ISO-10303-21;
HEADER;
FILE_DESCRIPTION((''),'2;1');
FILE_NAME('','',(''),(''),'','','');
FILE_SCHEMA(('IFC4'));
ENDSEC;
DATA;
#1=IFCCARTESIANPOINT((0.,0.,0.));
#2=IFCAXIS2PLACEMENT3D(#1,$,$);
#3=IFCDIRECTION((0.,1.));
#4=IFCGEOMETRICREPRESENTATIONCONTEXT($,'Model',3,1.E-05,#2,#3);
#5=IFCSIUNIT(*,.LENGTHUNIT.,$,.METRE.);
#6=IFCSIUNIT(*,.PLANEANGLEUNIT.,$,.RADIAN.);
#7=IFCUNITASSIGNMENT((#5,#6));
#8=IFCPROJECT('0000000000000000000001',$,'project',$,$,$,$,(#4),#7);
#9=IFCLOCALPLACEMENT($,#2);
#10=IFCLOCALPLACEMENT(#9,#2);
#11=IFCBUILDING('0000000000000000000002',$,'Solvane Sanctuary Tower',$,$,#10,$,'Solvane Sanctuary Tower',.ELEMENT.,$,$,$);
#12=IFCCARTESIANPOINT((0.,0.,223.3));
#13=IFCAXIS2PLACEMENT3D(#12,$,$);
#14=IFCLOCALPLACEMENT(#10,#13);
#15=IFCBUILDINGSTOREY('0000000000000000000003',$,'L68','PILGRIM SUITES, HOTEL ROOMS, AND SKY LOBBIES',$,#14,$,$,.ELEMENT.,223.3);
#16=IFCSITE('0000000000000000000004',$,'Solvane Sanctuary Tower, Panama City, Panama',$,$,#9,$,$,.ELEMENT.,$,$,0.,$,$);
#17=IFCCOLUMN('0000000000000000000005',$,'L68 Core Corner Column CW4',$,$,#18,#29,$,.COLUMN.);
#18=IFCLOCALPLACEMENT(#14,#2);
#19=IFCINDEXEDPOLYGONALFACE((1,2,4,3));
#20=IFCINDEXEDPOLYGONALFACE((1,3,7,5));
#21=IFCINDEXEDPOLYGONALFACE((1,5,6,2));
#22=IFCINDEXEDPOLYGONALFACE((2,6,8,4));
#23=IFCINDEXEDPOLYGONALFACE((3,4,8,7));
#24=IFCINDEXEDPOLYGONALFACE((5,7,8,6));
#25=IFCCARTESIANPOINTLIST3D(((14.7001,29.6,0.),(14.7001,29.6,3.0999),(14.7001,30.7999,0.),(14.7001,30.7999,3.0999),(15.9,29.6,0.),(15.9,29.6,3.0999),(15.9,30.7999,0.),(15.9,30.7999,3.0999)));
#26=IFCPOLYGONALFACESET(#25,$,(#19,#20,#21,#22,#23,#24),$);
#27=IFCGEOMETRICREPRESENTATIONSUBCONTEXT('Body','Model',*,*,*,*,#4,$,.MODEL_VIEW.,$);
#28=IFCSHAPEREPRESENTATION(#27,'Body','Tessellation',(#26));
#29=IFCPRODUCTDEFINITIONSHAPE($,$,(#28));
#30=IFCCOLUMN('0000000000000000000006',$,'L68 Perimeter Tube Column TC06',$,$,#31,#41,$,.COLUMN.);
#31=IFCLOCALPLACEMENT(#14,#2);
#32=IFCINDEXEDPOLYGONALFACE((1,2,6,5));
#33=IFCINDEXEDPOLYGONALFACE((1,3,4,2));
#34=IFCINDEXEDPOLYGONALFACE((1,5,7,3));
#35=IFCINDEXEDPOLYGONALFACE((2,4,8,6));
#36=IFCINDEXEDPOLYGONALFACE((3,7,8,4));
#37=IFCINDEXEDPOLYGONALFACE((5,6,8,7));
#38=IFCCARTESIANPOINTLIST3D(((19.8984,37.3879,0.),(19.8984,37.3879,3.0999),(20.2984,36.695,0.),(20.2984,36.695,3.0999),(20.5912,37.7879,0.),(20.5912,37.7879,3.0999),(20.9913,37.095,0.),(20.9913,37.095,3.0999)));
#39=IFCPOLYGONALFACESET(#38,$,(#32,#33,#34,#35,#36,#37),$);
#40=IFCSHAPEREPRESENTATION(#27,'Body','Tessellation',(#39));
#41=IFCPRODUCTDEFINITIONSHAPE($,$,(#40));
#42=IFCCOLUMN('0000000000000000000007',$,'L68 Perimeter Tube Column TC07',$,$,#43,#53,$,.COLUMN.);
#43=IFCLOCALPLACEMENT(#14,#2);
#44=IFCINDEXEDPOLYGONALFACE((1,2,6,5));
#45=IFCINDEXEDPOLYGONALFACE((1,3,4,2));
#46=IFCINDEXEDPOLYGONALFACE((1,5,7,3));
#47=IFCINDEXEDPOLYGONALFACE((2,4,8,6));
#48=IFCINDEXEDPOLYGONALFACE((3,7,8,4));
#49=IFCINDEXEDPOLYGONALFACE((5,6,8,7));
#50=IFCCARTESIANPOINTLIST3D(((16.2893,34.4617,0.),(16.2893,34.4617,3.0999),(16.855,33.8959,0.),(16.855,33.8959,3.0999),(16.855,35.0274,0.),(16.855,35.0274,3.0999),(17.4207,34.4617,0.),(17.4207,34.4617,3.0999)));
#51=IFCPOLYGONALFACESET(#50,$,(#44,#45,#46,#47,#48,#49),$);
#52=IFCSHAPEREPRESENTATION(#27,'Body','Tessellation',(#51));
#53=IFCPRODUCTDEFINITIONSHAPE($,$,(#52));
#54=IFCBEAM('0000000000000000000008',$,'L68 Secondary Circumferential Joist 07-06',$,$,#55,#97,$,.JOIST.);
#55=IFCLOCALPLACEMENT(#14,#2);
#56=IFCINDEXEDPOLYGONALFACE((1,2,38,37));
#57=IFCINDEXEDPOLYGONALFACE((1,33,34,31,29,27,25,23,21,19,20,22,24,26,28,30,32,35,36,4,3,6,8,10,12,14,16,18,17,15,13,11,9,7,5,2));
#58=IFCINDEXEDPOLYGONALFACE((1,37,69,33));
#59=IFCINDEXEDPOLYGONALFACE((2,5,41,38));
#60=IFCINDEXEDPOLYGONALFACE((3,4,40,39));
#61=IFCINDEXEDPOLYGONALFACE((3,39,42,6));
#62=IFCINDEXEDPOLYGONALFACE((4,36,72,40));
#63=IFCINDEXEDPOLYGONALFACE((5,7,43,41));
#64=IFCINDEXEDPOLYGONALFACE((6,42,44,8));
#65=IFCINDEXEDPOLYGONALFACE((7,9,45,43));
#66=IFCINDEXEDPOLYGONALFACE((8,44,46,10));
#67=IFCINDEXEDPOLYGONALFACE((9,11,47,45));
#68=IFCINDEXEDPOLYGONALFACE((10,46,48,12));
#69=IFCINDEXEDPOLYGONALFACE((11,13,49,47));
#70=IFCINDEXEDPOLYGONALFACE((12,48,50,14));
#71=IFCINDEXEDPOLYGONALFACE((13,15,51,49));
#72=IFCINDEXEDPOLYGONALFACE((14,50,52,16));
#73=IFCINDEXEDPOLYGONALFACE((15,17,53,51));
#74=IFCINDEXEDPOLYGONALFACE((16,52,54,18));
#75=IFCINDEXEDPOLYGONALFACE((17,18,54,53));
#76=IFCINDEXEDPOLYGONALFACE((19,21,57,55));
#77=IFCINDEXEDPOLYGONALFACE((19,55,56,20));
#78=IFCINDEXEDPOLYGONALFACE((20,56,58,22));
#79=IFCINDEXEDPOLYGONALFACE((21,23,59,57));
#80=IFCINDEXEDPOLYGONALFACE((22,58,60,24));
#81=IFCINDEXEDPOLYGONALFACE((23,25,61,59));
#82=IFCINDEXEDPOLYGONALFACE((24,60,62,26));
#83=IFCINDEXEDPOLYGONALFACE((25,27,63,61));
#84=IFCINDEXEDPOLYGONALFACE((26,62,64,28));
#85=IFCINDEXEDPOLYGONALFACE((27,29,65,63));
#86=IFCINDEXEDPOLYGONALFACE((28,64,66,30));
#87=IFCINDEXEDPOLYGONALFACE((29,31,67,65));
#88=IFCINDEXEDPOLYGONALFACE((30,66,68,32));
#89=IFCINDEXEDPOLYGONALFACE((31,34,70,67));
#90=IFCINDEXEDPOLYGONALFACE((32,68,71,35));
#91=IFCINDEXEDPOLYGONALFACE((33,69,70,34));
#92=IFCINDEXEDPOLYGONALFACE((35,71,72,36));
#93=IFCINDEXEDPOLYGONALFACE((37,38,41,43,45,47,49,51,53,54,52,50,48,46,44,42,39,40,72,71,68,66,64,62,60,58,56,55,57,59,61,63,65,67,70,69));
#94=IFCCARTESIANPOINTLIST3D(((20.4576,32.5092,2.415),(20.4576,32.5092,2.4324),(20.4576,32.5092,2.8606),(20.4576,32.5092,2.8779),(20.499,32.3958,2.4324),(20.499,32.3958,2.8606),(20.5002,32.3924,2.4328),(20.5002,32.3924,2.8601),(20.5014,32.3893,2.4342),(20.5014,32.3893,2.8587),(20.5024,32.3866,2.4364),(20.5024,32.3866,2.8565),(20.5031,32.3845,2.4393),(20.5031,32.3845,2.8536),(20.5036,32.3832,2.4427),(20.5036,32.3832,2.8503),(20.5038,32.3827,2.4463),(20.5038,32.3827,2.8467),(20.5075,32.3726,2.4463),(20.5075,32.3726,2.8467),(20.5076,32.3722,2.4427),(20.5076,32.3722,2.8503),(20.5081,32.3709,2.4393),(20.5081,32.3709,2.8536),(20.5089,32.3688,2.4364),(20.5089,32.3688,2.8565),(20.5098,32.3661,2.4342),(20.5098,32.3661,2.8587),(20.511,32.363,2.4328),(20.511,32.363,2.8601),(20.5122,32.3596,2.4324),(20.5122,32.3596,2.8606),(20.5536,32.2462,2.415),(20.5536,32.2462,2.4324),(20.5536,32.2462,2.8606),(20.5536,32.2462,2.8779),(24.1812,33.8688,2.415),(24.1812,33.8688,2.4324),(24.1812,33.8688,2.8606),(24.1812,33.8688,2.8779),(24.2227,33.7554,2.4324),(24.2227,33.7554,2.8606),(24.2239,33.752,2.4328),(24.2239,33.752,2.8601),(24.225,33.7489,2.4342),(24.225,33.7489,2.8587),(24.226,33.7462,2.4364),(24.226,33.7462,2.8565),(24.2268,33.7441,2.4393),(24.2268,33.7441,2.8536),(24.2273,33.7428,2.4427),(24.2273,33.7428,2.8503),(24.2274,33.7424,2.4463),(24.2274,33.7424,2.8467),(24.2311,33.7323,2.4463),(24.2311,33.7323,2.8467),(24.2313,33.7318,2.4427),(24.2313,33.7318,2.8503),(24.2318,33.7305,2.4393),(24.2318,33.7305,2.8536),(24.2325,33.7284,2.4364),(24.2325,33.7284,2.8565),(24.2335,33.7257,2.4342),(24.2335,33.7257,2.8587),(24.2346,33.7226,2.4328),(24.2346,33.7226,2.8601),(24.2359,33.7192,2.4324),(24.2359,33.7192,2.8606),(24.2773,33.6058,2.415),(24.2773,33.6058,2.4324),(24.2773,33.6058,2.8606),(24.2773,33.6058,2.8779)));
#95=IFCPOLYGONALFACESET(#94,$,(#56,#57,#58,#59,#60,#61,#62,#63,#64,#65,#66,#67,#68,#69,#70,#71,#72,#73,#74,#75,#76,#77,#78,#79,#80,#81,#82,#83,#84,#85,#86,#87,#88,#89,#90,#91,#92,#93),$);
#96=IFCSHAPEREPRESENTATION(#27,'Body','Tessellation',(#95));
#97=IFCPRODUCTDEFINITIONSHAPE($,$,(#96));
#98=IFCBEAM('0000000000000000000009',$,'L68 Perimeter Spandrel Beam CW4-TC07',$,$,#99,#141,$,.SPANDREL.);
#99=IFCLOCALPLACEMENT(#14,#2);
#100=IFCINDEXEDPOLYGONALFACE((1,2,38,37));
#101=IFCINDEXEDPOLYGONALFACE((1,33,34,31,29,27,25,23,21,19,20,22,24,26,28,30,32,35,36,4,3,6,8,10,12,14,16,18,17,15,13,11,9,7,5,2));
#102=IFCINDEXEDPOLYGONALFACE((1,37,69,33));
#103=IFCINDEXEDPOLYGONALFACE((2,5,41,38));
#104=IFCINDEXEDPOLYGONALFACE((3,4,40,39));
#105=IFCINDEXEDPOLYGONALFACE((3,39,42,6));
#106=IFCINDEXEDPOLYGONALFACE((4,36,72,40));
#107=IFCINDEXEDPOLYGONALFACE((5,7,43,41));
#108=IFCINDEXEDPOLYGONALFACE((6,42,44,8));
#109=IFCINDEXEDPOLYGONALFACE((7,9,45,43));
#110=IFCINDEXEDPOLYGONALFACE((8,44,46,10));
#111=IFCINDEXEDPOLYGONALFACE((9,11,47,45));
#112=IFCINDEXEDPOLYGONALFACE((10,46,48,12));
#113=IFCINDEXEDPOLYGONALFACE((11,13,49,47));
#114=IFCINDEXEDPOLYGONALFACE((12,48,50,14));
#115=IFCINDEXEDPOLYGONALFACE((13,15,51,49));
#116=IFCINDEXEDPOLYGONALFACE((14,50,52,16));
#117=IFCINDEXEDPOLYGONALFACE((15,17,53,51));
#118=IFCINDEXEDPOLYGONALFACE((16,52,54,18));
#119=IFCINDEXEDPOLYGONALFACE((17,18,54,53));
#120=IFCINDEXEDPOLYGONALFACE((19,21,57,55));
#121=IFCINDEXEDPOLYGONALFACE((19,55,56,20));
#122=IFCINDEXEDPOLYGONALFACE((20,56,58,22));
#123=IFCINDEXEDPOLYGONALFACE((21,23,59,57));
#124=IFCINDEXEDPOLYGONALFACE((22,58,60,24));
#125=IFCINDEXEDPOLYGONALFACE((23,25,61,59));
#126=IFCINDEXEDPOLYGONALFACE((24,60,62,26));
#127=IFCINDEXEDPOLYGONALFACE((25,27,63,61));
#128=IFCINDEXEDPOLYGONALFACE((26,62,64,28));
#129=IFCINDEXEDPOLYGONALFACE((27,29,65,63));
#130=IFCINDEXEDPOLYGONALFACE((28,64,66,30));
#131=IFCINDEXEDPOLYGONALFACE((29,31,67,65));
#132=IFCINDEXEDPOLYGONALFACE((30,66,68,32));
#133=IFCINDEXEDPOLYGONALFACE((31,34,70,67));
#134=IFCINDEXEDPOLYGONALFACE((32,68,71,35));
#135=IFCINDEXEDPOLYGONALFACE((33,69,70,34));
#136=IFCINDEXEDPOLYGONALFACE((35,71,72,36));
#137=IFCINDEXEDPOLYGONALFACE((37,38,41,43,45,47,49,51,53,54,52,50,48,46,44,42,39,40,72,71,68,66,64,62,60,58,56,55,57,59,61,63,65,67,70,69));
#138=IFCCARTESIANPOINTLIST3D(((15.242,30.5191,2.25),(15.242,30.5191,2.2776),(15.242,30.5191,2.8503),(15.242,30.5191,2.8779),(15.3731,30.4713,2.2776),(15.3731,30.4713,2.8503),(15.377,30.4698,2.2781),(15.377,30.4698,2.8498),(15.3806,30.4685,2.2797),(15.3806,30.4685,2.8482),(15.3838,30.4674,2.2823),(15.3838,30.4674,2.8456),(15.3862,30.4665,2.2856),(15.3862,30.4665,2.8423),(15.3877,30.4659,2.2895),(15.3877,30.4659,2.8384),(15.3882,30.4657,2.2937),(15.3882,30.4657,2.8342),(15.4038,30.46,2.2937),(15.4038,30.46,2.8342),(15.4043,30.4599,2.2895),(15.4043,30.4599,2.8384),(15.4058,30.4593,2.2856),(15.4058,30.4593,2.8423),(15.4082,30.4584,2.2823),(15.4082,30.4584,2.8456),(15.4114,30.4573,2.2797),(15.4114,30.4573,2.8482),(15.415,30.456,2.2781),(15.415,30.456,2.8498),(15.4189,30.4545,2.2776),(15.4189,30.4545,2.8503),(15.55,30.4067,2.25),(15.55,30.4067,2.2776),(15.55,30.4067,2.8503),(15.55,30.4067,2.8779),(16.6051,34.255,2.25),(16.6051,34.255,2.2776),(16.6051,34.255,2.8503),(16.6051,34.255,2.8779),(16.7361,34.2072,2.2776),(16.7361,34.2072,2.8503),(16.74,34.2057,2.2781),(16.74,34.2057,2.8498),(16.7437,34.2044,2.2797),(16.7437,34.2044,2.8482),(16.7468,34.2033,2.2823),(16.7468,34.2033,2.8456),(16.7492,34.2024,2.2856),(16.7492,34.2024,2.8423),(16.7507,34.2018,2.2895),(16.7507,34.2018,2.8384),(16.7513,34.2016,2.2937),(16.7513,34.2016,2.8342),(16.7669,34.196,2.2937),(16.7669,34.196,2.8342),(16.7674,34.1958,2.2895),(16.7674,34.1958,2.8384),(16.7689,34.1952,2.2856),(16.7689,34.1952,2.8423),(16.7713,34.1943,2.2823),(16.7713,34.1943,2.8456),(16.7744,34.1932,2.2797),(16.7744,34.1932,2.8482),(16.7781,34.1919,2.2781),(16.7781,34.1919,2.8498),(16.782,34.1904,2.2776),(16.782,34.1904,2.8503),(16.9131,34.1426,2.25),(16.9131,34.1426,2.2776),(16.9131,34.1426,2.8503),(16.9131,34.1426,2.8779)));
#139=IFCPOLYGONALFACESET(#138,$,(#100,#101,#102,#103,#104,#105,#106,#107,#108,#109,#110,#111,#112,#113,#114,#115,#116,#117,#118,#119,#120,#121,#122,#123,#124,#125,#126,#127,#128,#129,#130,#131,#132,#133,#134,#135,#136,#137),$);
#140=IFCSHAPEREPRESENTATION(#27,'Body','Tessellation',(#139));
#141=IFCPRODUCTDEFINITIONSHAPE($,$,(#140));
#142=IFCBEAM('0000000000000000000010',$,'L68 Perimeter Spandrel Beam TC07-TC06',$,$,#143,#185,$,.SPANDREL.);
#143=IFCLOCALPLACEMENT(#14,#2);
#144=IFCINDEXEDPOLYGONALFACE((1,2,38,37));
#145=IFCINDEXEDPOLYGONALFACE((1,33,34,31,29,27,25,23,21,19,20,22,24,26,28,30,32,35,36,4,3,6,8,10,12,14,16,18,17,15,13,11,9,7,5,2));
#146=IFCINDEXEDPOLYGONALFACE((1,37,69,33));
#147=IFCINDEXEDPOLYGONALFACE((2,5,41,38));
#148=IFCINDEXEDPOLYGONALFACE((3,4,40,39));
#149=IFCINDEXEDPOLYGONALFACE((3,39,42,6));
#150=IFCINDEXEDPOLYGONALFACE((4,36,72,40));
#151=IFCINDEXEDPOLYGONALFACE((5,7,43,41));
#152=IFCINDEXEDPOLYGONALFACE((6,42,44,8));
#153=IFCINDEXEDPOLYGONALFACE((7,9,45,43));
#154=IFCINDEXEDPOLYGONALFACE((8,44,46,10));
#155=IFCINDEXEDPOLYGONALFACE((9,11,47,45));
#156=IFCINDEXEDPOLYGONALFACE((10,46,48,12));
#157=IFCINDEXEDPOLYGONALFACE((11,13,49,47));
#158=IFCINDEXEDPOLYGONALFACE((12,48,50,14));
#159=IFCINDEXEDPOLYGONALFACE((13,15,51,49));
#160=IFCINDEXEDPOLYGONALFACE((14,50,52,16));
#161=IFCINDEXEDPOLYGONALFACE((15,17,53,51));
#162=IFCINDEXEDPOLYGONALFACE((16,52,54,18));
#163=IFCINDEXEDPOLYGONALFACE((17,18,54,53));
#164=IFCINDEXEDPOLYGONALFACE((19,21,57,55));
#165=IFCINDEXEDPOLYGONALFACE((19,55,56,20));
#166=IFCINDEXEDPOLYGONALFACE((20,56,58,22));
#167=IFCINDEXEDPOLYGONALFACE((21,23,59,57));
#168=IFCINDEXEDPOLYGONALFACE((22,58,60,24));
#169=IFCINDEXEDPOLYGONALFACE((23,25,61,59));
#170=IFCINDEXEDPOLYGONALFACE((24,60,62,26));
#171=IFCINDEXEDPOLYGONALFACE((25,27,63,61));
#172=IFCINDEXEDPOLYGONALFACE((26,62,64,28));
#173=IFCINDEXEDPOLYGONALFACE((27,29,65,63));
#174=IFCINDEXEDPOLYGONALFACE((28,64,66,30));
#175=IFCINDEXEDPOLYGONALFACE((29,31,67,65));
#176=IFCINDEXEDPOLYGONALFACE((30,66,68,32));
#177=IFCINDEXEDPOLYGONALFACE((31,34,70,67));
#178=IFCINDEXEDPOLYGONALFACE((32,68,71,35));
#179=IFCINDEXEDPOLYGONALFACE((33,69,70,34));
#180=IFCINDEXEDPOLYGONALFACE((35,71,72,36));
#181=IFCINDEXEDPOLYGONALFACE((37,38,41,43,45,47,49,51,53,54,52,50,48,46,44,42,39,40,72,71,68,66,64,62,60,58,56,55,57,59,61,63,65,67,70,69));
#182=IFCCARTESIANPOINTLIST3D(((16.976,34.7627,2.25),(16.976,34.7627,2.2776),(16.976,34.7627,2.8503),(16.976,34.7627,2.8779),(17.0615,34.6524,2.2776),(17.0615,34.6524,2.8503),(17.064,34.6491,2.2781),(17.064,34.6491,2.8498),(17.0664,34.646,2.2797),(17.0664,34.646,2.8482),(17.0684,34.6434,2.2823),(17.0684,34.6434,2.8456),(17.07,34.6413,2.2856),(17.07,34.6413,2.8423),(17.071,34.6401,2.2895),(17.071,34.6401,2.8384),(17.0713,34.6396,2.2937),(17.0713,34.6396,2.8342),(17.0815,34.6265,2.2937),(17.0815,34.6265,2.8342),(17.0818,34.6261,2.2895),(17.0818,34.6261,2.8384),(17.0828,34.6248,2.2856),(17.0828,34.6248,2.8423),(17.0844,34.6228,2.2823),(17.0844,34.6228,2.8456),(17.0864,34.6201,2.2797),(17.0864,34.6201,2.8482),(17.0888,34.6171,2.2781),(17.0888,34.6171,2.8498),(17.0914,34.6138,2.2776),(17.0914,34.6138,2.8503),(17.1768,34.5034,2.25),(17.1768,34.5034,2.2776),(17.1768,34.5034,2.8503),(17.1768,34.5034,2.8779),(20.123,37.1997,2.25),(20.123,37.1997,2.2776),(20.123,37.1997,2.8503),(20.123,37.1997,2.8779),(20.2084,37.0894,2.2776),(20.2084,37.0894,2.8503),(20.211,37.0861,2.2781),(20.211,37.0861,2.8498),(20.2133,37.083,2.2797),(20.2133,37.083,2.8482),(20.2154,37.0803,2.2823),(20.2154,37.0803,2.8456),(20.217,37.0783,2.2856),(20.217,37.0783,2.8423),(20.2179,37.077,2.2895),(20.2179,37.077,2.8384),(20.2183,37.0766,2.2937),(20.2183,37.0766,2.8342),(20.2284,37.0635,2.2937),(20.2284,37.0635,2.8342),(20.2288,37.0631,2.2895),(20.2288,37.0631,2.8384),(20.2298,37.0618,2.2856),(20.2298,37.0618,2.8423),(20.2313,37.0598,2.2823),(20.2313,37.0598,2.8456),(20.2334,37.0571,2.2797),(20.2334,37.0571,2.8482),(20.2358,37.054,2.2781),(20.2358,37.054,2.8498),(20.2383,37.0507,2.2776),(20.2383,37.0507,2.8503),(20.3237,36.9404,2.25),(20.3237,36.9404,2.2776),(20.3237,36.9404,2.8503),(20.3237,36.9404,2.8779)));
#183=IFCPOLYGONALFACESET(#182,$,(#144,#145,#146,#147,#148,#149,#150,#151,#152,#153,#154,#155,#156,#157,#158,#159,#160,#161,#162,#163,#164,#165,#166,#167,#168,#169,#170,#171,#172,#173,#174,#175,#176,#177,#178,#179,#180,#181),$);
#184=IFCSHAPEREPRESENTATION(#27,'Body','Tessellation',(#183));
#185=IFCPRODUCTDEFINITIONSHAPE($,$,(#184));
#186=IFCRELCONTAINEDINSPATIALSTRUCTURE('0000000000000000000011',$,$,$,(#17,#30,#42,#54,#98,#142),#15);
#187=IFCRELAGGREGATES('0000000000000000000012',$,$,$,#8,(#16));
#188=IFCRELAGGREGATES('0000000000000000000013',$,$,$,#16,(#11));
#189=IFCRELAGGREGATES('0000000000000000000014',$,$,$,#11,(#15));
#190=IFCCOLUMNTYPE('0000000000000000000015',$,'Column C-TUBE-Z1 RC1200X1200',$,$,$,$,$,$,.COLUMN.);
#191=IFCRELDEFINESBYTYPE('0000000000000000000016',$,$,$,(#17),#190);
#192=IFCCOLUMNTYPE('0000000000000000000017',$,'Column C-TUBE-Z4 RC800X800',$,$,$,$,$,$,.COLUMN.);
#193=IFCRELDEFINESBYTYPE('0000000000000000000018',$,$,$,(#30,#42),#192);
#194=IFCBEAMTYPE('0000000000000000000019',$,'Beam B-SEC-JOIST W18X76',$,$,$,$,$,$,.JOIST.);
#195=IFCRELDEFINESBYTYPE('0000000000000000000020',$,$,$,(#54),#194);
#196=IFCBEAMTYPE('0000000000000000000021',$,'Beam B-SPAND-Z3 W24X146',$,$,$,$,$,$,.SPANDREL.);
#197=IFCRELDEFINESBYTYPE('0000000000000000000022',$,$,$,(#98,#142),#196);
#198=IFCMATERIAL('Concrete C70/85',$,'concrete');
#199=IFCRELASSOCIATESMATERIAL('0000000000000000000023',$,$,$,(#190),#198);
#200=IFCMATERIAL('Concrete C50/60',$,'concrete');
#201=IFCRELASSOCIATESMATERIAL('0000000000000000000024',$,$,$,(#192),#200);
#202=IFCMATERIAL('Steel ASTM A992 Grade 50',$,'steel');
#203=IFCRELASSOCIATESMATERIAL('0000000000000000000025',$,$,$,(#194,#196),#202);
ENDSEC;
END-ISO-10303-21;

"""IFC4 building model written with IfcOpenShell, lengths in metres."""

from ifc_helpers import new_model, si_unit, direction, frame, origin, origin_2d, place, context, subcontext, project, spatial, rectangle, i_section, extrude, material, material_profile, profile_set, type_object, element, save


model = new_model("IFC4")

# Units and contexts
model_context = context("Model", 3, precision=1e-05, world=origin(), true_north=direction((0.0, 1.0)))
body_context = subcontext(model_context, "Body", "Model", "MODEL_VIEW")
ifc_project = project(units=[si_unit("LENGTHUNIT", "METRE"), si_unit("PLANEANGLEUNIT", "RADIAN")], contexts=[model_context])

# Site, building, storey
site_placement = place(None, origin())
site = spatial("IfcSite", under=ifc_project, at=site_placement, Name="Solvane Sanctuary Tower, Panama City, Panama", CompositionType="ELEMENT", RefElevation=0.0)
building_placement = place(site_placement, origin())
building = spatial("IfcBuilding", under=site, at=building_placement, Name="Solvane Sanctuary Tower", LongName="Solvane Sanctuary Tower", CompositionType="ELEMENT")
storey_placement = place(building_placement, frame((0.0, 0.0, 223.3)))
storey = spatial("IfcBuildingStorey", under=building, at=storey_placement, Name="L68", Description="PILGRIM SUITES, HOTEL ROOMS, AND SKY LOBBIES", CompositionType="ELEMENT", Elevation=223.3)

# Columns
ifc_material_1 = material(Name="Concrete C70/85", Category="concrete")
ifc_material_profile_1 = material_profile(ifc_material_1, rectangle(XDim=1.2, YDim=1.2, at=origin_2d()), Name="RC1200X1200")
ifc_profile_set_1 = profile_set([ifc_material_profile_1], Name="Concrete C70/85")
column_type_1 = type_object("IfcColumnType", Name="Column C-TUBE-Z1 RC1200X1200", PredefinedType="COLUMN", material=ifc_profile_set_1)
column_placement = place(storey_placement, frame((15.3, 30.2, 0.0), z_axis=(0.0, 0.0, 1.0), x_axis=(1.0, 0.0, 0.0)))
element("IfcColumn", 1, at=column_placement, inside=storey, type_object=column_type_1, Name="L68 Core Corner Column CW4", PredefinedType="COLUMN", context=body_context, shape_type="SweptSolid", body=[
    extrude(rectangle(XDim=1.2, YDim=1.2, at=origin_2d()), origin(), (0.0, 0.0, 1.0), 3.0999),
])
ifc_material_2 = material(Name="Concrete C50/60", Category="concrete")
ifc_material_profile_2 = material_profile(ifc_material_2, rectangle(XDim=0.8, YDim=0.8, at=origin_2d()), Name="RC800X800")
ifc_profile_set_2 = profile_set([ifc_material_profile_2], Name="Concrete C50/60")
column_type_2 = type_object("IfcColumnType", Name="Column C-TUBE-Z4 RC800X800", PredefinedType="COLUMN", material=ifc_profile_set_2)
for number, where, z_axis, x_axis, name in (
    (2, (20.4448, 37.2415, 0.0), (0.0, 0.0, 1.0), (-0.5, 0.866025, 0.0), "L68 Perimeter Tube Column TC06"),
    (3, (16.855, 34.4617, 0.0), (0.0, 0.0, 1.0), (-0.707107, 0.707107, 0.0), "L68 Perimeter Tube Column TC07"),
):
    element("IfcColumn", number, at=place(storey_placement, frame(where, z_axis=z_axis, x_axis=x_axis)), inside=storey, type_object=column_type_2, Name=name, PredefinedType="COLUMN", context=body_context, shape_type="SweptSolid", body=[
        extrude(rectangle(XDim=0.8, YDim=0.8, at=origin_2d()), origin(), (0.0, 0.0, 1.0), 3.0999),
    ])

# Beams
ifc_material_3 = material(Name="Steel ASTM A992 Grade 50", Category="steel")
ifc_material_profile_3 = material_profile(ifc_material_3, i_section(OverallWidth=0.28, OverallDepth=0.4629, WebThickness=0.0107, FlangeThickness=0.0173, FilletRadius=0.0139, at=origin_2d()), Name="W18X76")
ifc_profile_set_3 = profile_set([ifc_material_profile_3], Name="Steel ASTM A992 Grade 50")
beam_type_1 = type_object("IfcBeamType", Name="Beam B-SEC-JOIST W18X76", PredefinedType="JOIST", material=ifc_profile_set_3)
beam_1_placement = place(storey_placement, frame((20.5056, 32.3777, 2.6465), z_axis=(0.939341, 0.342984, 0.0), x_axis=(-0.342984, 0.939341, 0.0)))
element("IfcBeam", 4, at=beam_1_placement, inside=storey, type_object=beam_type_1, Name="L68 Secondary Circumferential Joist 07-06", PredefinedType="JOIST", context=body_context, shape_type="SweptSolid", body=[
    extrude(i_section(OverallWidth=0.28, OverallDepth=0.4629, WebThickness=0.0107, FlangeThickness=0.0173, FilletRadius=0.0139, at=origin_2d()), origin(), (0.0, 0.0, 1.0), 3.9641),
])
ifc_material_profile_4 = material_profile(ifc_material_3, i_section(OverallWidth=0.3279, OverallDepth=0.6279, WebThickness=0.0166, FlangeThickness=0.0276, FilletRadius=0.0161, at=origin_2d()), Name="W24X146")
ifc_profile_set_4 = profile_set([ifc_material_profile_4], Name="Steel ASTM A992 Grade 50")
beam_type_2 = type_object("IfcBeamType", Name="Beam B-SPAND-Z3 W24X146", PredefinedType="SPANDREL", material=ifc_profile_set_4)
beam_2_placement = place(storey_placement, frame((15.396, 30.4629, 2.564), z_axis=(0.342753, 0.939425, 0.0), x_axis=(-0.939425, 0.342753, 0.0)))
element("IfcBeam", 5, at=beam_2_placement, inside=storey, type_object=beam_type_2, Name="L68 Perimeter Spandrel Beam CW4-TC07", PredefinedType="SPANDREL", context=body_context, shape_type="SweptSolid", body=[
    extrude(i_section(OverallWidth=0.3279, OverallDepth=0.6279, WebThickness=0.0166, FlangeThickness=0.0276, FilletRadius=0.0161, at=origin_2d()), origin(), (0.0, 0.0, 1.0), 3.9768),
])
beam_3_placement = place(storey_placement, frame((17.0764, 34.6331, 2.564), z_axis=(0.790645, 0.612275, 0.0), x_axis=(-0.612275, 0.790645, 0.0)))
element("IfcBeam", 6, at=beam_3_placement, inside=storey, type_object=beam_type_2, Name="L68 Perimeter Spandrel Beam TC07-TC06", PredefinedType="SPANDREL", context=body_context, shape_type="SweptSolid", body=[
    extrude(i_section(OverallWidth=0.3279, OverallDepth=0.6279, WebThickness=0.0166, FlangeThickness=0.0276, FilletRadius=0.0161, at=origin_2d()), origin(), (0.0, 0.0, 1.0), 3.9802),
])

save(model, "model.ifc")
